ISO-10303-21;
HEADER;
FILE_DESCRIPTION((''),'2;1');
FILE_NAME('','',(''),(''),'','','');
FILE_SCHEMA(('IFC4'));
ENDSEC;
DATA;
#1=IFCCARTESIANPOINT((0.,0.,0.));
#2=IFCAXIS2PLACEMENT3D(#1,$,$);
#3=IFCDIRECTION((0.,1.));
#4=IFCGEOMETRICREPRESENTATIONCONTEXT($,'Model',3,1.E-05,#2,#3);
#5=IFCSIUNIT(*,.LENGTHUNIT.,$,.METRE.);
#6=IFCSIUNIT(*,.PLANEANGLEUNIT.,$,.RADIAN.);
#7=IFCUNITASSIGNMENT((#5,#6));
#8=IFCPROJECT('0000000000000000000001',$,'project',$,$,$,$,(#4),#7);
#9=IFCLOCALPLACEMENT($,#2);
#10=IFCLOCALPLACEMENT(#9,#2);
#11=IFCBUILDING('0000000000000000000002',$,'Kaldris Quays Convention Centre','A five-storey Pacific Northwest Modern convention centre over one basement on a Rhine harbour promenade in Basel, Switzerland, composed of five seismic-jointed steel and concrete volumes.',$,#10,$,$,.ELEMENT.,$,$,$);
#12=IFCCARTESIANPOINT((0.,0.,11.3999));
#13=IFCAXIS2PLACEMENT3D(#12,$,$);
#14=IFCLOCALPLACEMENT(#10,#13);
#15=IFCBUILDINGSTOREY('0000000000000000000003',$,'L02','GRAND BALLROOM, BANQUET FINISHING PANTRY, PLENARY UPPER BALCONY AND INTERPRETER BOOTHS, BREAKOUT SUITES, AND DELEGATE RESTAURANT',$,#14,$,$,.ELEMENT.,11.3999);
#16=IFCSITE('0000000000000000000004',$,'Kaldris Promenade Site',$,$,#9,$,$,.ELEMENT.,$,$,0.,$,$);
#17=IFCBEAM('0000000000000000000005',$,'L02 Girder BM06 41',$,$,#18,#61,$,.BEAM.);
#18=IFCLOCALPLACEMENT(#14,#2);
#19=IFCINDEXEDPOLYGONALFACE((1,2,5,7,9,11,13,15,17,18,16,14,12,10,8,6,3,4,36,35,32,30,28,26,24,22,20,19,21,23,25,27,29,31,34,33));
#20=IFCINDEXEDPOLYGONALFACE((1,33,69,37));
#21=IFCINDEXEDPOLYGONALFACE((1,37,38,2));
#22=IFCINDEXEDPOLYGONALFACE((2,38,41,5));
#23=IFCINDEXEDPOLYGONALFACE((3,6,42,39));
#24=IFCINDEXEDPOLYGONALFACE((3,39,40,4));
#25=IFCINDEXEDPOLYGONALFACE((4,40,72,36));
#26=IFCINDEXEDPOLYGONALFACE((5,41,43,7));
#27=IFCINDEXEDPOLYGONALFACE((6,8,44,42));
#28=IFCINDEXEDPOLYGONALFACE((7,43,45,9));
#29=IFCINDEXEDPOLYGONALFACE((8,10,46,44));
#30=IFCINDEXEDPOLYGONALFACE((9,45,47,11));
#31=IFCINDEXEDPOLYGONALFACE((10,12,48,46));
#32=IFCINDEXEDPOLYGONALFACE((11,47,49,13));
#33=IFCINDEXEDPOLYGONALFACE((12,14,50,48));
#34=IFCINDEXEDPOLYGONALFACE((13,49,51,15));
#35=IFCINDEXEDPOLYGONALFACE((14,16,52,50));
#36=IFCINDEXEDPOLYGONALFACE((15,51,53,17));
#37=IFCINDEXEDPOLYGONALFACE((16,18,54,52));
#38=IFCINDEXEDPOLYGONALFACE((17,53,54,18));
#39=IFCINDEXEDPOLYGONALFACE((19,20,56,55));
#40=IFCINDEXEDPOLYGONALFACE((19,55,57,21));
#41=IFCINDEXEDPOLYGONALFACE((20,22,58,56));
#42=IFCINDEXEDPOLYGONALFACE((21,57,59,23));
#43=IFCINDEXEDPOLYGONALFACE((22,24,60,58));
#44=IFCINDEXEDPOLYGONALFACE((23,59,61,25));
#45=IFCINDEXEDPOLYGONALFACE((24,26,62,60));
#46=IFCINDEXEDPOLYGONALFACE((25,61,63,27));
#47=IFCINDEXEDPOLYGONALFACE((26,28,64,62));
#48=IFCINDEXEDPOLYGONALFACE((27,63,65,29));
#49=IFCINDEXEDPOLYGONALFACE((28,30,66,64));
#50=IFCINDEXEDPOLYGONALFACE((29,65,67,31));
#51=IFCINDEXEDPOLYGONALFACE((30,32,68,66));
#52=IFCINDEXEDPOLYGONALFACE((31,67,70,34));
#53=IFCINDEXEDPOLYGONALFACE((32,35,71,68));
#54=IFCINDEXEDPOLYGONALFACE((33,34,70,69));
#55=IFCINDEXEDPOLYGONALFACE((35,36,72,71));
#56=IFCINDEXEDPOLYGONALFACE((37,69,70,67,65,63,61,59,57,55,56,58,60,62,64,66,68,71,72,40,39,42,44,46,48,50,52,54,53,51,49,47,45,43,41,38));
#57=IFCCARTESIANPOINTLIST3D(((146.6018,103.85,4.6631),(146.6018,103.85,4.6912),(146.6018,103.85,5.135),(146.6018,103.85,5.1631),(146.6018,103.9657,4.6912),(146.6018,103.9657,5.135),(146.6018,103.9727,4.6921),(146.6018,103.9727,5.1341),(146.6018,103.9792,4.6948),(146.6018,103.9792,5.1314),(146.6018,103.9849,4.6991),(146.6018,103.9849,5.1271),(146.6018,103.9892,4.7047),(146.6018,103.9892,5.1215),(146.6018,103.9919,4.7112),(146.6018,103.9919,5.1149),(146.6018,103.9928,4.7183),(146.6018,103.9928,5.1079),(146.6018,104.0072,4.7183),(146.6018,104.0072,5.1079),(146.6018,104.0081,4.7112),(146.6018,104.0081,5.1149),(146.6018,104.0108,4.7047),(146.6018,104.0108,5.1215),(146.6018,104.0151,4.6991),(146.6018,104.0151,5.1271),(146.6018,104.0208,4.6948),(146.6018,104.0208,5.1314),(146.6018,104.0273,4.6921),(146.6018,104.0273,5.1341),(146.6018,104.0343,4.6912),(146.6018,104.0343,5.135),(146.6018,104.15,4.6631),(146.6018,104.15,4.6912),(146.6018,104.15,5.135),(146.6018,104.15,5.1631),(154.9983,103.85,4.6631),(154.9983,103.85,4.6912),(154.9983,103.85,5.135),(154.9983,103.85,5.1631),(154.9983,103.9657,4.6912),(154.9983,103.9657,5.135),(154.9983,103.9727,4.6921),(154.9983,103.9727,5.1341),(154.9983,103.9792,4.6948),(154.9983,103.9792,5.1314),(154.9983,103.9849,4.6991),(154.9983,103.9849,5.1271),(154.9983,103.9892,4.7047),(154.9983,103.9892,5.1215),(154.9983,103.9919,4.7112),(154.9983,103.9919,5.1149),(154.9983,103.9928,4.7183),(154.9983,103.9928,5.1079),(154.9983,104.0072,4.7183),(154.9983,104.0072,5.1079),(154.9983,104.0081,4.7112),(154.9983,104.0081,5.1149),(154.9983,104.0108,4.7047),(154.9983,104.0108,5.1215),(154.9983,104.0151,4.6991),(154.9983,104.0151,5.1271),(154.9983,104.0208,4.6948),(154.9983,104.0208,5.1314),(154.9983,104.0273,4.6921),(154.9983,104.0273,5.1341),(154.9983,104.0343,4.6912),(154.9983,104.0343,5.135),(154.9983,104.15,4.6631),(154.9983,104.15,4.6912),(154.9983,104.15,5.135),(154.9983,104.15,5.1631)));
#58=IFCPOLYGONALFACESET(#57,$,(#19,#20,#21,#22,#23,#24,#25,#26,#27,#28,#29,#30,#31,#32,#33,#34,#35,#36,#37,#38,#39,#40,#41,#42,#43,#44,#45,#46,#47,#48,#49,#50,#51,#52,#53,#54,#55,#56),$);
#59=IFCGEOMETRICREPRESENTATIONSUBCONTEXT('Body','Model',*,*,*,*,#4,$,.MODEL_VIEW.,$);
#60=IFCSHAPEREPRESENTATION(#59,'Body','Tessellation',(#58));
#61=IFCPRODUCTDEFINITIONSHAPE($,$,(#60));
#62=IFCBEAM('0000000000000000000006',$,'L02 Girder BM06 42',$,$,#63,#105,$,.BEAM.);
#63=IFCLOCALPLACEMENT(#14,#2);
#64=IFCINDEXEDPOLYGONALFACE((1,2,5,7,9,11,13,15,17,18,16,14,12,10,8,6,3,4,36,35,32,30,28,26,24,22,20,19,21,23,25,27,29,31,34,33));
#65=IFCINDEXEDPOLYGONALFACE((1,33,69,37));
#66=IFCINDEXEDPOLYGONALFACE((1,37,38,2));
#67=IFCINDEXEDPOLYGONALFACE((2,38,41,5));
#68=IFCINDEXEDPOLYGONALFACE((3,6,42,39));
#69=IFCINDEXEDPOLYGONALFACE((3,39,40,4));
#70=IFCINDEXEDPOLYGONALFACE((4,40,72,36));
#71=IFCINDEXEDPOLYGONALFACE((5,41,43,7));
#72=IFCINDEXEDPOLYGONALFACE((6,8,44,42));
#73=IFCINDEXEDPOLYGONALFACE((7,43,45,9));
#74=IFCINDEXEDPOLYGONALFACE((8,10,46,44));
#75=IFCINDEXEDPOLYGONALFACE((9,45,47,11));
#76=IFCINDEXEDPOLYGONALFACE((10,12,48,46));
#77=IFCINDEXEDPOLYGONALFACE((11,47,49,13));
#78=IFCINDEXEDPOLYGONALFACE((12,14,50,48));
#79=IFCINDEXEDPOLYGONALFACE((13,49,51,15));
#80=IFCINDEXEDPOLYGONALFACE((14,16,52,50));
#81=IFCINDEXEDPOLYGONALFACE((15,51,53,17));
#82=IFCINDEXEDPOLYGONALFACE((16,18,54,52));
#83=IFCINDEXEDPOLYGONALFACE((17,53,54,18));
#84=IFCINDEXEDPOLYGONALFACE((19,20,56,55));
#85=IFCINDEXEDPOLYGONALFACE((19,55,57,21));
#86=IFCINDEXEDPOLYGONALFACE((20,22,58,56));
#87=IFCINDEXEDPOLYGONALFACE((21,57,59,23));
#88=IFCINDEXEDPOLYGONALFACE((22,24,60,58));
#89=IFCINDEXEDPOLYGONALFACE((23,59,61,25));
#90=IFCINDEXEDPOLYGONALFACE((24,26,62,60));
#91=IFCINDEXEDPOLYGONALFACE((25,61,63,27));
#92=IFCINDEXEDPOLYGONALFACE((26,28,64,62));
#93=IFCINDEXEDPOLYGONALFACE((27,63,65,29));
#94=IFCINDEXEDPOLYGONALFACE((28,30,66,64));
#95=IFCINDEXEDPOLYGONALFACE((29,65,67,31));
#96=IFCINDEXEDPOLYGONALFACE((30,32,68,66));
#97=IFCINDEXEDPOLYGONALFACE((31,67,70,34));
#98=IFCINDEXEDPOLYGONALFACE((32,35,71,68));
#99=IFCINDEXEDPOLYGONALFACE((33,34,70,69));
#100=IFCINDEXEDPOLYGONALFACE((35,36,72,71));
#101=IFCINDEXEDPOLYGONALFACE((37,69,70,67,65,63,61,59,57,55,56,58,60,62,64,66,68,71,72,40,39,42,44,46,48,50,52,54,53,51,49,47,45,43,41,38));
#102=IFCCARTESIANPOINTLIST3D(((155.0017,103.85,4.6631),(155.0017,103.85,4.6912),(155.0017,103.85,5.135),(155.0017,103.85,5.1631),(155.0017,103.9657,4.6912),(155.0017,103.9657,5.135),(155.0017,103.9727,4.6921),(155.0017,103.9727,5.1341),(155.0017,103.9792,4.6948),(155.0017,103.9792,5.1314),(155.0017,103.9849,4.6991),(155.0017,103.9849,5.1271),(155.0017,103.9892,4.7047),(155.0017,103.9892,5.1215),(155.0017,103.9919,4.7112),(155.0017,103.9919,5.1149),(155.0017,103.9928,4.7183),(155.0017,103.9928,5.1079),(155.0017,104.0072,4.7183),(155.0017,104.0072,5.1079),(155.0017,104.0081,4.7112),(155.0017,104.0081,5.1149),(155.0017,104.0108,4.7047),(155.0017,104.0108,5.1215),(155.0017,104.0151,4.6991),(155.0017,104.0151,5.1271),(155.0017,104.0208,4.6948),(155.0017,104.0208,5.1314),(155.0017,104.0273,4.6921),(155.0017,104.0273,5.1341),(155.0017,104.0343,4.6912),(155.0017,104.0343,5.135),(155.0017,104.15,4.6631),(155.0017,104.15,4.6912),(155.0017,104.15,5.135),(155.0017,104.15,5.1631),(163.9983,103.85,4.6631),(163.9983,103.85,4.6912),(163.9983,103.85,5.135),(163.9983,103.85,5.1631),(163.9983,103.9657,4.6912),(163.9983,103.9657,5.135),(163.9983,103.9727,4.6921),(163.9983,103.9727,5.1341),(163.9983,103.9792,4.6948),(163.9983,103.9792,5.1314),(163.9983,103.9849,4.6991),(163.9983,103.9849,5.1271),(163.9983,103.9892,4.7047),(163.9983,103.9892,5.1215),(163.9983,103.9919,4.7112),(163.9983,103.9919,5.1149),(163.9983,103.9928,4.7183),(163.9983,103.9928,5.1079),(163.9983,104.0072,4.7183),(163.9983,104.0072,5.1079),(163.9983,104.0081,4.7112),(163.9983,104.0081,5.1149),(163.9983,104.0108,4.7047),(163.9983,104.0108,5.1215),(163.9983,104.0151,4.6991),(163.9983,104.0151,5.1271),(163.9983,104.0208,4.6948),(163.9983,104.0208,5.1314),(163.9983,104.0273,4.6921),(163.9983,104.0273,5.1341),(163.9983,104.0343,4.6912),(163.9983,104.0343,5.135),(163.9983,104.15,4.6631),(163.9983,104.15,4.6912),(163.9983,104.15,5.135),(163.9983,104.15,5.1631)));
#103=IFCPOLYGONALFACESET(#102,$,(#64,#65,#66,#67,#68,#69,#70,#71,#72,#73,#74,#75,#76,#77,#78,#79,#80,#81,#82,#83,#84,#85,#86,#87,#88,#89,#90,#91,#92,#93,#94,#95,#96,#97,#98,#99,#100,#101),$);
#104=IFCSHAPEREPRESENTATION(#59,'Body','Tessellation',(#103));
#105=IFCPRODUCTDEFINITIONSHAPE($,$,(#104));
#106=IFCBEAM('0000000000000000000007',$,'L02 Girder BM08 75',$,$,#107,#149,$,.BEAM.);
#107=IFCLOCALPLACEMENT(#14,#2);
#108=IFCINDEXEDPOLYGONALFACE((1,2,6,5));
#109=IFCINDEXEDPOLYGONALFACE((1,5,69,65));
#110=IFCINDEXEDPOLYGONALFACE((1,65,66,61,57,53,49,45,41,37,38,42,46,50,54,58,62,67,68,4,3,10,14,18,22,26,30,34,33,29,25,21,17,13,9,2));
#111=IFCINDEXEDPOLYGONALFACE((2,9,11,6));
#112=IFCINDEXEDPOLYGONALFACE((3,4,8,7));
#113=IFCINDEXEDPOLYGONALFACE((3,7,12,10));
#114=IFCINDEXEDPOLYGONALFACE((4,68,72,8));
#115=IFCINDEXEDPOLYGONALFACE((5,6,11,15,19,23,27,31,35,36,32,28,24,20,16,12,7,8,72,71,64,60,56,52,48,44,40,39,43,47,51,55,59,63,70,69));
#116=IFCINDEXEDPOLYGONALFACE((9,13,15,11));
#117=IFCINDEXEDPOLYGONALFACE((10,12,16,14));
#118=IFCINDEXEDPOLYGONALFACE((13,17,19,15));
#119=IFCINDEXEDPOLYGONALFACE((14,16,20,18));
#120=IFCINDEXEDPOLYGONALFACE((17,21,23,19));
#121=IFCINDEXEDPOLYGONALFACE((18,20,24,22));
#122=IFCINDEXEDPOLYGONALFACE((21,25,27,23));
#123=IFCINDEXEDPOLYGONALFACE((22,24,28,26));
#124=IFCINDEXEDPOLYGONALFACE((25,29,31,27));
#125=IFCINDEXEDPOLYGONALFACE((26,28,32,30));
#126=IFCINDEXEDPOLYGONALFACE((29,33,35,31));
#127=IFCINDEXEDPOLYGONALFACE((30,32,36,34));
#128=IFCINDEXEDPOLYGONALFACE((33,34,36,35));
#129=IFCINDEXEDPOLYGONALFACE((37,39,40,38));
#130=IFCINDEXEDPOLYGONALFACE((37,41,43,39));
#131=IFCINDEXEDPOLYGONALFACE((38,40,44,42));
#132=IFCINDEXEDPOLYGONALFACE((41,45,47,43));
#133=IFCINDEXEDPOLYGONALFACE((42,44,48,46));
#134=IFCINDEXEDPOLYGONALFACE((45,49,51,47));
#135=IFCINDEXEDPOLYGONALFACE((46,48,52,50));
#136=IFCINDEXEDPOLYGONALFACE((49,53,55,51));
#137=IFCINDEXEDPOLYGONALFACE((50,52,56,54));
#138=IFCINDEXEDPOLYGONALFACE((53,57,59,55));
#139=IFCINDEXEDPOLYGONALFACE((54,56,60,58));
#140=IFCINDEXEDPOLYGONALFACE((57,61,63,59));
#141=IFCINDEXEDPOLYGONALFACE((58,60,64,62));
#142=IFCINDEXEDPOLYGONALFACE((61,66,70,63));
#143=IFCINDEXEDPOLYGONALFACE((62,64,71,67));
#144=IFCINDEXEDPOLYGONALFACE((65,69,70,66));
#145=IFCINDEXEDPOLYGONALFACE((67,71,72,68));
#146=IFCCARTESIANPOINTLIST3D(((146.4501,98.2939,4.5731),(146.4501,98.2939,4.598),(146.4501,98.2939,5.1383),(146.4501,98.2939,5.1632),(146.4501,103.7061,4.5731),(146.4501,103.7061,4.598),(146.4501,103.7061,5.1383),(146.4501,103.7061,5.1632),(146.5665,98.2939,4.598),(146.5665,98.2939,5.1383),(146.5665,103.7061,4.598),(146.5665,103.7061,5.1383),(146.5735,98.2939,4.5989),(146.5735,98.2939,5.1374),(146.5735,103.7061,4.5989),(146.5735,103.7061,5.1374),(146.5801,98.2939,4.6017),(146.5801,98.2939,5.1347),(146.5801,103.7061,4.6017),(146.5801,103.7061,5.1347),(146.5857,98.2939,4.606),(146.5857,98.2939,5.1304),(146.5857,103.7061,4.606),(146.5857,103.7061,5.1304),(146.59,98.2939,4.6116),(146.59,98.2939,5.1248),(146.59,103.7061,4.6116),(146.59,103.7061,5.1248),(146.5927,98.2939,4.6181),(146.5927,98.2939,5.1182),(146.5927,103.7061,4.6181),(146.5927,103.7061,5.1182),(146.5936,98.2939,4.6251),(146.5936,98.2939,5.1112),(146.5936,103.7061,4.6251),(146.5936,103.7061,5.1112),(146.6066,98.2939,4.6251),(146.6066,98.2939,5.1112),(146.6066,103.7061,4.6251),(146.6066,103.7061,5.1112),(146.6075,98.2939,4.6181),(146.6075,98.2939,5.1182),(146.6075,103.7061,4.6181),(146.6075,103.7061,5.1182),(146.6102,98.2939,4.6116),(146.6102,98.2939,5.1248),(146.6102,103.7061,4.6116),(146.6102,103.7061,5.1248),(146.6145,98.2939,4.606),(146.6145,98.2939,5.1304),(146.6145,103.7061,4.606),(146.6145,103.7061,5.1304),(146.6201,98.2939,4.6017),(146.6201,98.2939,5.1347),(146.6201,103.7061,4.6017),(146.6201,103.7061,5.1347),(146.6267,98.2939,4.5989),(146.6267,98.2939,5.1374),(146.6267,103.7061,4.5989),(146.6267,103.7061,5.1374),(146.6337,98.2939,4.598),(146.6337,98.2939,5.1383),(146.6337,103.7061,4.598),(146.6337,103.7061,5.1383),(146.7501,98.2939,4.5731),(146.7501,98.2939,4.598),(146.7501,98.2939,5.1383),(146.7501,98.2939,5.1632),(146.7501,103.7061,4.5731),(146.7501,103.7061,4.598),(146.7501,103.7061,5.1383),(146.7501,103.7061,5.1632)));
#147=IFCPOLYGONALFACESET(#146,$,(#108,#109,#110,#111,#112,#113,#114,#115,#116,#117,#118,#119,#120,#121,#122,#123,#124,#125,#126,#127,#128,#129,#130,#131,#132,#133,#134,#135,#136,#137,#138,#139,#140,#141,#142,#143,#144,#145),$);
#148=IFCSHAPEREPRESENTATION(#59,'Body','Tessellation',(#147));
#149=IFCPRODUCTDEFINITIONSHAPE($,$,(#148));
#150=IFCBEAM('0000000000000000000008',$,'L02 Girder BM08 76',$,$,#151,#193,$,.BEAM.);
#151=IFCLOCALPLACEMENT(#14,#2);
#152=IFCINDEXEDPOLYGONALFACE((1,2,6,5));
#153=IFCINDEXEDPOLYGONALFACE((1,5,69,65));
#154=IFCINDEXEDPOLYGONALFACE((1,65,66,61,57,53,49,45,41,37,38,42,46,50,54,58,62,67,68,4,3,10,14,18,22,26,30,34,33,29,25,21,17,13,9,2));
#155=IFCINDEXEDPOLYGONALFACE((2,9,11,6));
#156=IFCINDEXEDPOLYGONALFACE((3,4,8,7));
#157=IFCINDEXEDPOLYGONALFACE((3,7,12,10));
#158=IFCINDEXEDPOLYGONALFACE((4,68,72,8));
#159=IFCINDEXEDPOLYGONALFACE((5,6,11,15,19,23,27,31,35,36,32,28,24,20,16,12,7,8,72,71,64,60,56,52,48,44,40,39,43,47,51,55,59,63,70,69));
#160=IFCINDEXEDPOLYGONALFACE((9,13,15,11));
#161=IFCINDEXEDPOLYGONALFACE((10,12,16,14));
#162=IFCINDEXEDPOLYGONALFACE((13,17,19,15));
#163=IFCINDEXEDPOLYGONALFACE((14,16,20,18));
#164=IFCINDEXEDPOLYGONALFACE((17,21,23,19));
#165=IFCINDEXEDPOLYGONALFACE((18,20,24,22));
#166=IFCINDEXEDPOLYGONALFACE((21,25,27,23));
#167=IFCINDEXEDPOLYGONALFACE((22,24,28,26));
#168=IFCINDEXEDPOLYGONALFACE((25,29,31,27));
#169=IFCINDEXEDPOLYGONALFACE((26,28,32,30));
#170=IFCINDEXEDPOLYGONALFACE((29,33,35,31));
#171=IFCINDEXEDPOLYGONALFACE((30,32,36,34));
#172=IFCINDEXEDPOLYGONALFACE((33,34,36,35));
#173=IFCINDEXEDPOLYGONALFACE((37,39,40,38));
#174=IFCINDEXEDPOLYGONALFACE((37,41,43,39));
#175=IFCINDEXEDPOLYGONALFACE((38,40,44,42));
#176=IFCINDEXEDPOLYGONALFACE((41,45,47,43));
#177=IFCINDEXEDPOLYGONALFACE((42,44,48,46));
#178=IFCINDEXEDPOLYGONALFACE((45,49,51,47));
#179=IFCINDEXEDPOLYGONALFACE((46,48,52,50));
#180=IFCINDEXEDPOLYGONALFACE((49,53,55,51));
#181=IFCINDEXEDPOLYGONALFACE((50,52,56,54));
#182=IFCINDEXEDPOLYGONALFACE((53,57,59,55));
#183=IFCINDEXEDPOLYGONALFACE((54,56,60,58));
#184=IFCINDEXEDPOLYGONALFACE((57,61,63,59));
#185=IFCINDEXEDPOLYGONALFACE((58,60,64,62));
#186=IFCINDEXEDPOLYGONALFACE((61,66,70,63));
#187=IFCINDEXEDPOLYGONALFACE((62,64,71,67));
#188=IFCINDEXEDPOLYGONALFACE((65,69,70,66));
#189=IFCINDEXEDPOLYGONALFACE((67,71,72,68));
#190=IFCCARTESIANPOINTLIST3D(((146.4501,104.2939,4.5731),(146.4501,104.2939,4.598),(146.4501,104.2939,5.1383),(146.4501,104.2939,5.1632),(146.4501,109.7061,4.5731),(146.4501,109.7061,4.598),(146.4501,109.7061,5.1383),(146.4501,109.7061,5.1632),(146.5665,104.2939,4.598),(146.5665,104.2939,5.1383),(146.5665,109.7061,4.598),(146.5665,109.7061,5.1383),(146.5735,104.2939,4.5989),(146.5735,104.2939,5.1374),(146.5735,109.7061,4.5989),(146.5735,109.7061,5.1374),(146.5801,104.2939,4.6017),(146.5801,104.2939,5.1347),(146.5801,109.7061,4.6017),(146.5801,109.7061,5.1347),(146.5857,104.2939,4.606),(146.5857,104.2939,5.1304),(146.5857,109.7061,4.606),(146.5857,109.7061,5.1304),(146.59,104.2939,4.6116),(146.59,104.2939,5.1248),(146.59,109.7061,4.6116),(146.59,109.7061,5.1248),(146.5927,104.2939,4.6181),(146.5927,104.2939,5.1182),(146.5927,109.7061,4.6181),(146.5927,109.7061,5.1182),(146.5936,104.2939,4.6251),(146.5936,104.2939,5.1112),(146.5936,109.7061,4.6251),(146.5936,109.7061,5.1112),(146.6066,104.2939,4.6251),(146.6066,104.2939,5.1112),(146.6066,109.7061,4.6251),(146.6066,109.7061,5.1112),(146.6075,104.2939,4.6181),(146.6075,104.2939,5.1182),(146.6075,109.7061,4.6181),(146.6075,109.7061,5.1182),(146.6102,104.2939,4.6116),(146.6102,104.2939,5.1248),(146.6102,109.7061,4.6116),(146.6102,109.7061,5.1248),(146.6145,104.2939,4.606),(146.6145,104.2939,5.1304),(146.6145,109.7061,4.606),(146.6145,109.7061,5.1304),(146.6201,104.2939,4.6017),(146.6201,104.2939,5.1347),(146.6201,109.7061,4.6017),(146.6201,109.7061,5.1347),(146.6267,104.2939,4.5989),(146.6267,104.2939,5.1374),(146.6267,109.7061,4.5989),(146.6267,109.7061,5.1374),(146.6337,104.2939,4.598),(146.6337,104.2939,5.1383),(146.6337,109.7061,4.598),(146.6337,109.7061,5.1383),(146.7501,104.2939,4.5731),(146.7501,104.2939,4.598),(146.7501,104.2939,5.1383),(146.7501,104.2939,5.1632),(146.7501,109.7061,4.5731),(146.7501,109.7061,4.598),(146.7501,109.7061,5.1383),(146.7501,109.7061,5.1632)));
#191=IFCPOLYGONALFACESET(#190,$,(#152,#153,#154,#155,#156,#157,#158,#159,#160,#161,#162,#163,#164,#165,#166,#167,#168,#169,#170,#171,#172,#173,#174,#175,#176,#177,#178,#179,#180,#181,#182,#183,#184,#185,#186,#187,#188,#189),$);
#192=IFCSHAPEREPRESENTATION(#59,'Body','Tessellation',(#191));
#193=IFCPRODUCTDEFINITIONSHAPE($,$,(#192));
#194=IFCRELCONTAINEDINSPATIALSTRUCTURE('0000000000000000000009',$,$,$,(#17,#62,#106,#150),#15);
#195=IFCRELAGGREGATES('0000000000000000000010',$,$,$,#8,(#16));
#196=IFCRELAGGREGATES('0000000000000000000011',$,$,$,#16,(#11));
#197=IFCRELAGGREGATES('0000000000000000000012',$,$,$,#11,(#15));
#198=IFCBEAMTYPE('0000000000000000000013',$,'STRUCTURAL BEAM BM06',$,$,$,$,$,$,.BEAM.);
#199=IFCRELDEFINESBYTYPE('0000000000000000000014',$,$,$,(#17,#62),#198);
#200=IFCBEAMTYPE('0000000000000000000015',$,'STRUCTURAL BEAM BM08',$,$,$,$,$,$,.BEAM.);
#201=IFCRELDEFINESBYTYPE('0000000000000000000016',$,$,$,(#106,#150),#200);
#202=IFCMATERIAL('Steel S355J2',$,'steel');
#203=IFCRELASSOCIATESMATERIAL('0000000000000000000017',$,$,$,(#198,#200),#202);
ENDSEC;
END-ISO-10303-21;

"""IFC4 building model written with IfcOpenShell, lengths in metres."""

from ifc_helpers import new_model, si_unit, direction, frame, origin, origin_2d, place, context, subcontext, project, spatial, i_section, extrude, material, material_profile, profile_set, type_object, element, save


model = new_model("IFC4")

# Units and contexts
model_context = context("Model", 3, precision=1e-05, world=origin(), true_north=direction((0.0, 1.0)))
body_context = subcontext(model_context, "Body", "Model", "MODEL_VIEW")
ifc_project = project(units=[si_unit("LENGTHUNIT", "METRE"), si_unit("PLANEANGLEUNIT", "RADIAN")], contexts=[model_context])

# Site, building, storey
site_placement = place(None, origin())
site = spatial("IfcSite", under=ifc_project, at=site_placement, Name="Kaldris Promenade Site", CompositionType="ELEMENT", RefElevation=0.0)
building_placement = place(site_placement, origin())
building = spatial("IfcBuilding", under=site, at=building_placement, Name="Kaldris Quays Convention Centre", Description="A five-storey Pacific Northwest Modern convention centre over one basement on a Rhine harbour promenade in Basel, Switzerland, composed of five seismic-jointed steel and concrete volumes.", CompositionType="ELEMENT")
storey_placement = place(building_placement, frame((0.0, 0.0, 11.3999)))
storey = spatial("IfcBuildingStorey", under=building, at=storey_placement, Name="L02", Description="GRAND BALLROOM, BANQUET FINISHING PANTRY, PLENARY UPPER BALCONY AND INTERPRETER BOOTHS, BREAKOUT SUITES, AND DELEGATE RESTAURANT", CompositionType="ELEMENT", Elevation=11.3999)

# Shared definitions
ifc_material_1 = material(Name="Steel S355J2", Category="steel")

# Beams
ifc_material_profile_1 = material_profile(ifc_material_1, i_section(OverallWidth=0.3, OverallDepth=0.5, WebThickness=0.0144, FlangeThickness=0.0281, FilletRadius=0.0271, at=origin_2d()), Name="HEB 500")
ifc_profile_set_1 = profile_set([ifc_material_profile_1], Name="Steel S355J2")
beam_type_1 = type_object("IfcBeamType", Name="STRUCTURAL BEAM BM06", PredefinedType="BEAM", material=ifc_profile_set_1)
beam_1_placement = place(storey_placement, frame((146.6018, 104.0, 4.9131), z_axis=(1.0, 0.0, 0.0), x_axis=(0.0, 1.0, 0.0)))
element("IfcBeam", 1, at=beam_1_placement, inside=storey, type_object=beam_type_1, Name="L02 Girder BM06 41", PredefinedType="BEAM", context=body_context, shape_type="SweptSolid", body=[
    extrude(i_section(OverallWidth=0.3, OverallDepth=0.5, WebThickness=0.0144, FlangeThickness=0.0281, FilletRadius=0.0271, at=origin_2d()), origin(), (0.0, 0.0, 1.0), 8.3965),
])
beam_2_placement = place(storey_placement, frame((155.0017, 104.0, 4.9131), z_axis=(1.0, 0.0, 0.0), x_axis=(0.0, 1.0, 0.0)))
element("IfcBeam", 2, at=beam_2_placement, inside=storey, type_object=beam_type_1, Name="L02 Girder BM06 42", PredefinedType="BEAM", context=body_context, shape_type="SweptSolid", body=[
    extrude(i_section(OverallWidth=0.3, OverallDepth=0.5, WebThickness=0.0144, FlangeThickness=0.0281, FilletRadius=0.0271, at=origin_2d()), origin(), (0.0, 0.0, 1.0), 8.9966),
])
ifc_material_profile_2 = material_profile(ifc_material_1, i_section(OverallWidth=0.3, OverallDepth=0.5901, WebThickness=0.0129, FlangeThickness=0.0249, FilletRadius=0.0271, at=origin_2d()), Name="HEA 600")
ifc_profile_set_2 = profile_set([ifc_material_profile_2], Name="Steel S355J2")
beam_type_2 = type_object("IfcBeamType", Name="STRUCTURAL BEAM BM08", PredefinedType="BEAM", material=ifc_profile_set_2)
for number, where, z_axis, x_axis, name in (
    (3, (146.6001, 98.2939, 4.8682), (0.0, 1.0, 0.0), (-1.0, 0.0, 0.0), "L02 Girder BM08 75"),
    (4, (146.6001, 104.2939, 4.8682), (0.0, 1.0, 0.0), (-1.0, 0.0, 0.0), "L02 Girder BM08 76"),
):
    element("IfcBeam", number, at=place(storey_placement, frame(where, z_axis=z_axis, x_axis=x_axis)), inside=storey, type_object=beam_type_2, Name=name, PredefinedType="BEAM", context=body_context, shape_type="SweptSolid", body=[
        extrude(i_section(OverallWidth=0.3, OverallDepth=0.5901, WebThickness=0.0129, FlangeThickness=0.0249, FilletRadius=0.0271, at=origin_2d()), origin(), (0.0, 0.0, 1.0), 5.4121),
    ])

save(model, "model.ifc")
